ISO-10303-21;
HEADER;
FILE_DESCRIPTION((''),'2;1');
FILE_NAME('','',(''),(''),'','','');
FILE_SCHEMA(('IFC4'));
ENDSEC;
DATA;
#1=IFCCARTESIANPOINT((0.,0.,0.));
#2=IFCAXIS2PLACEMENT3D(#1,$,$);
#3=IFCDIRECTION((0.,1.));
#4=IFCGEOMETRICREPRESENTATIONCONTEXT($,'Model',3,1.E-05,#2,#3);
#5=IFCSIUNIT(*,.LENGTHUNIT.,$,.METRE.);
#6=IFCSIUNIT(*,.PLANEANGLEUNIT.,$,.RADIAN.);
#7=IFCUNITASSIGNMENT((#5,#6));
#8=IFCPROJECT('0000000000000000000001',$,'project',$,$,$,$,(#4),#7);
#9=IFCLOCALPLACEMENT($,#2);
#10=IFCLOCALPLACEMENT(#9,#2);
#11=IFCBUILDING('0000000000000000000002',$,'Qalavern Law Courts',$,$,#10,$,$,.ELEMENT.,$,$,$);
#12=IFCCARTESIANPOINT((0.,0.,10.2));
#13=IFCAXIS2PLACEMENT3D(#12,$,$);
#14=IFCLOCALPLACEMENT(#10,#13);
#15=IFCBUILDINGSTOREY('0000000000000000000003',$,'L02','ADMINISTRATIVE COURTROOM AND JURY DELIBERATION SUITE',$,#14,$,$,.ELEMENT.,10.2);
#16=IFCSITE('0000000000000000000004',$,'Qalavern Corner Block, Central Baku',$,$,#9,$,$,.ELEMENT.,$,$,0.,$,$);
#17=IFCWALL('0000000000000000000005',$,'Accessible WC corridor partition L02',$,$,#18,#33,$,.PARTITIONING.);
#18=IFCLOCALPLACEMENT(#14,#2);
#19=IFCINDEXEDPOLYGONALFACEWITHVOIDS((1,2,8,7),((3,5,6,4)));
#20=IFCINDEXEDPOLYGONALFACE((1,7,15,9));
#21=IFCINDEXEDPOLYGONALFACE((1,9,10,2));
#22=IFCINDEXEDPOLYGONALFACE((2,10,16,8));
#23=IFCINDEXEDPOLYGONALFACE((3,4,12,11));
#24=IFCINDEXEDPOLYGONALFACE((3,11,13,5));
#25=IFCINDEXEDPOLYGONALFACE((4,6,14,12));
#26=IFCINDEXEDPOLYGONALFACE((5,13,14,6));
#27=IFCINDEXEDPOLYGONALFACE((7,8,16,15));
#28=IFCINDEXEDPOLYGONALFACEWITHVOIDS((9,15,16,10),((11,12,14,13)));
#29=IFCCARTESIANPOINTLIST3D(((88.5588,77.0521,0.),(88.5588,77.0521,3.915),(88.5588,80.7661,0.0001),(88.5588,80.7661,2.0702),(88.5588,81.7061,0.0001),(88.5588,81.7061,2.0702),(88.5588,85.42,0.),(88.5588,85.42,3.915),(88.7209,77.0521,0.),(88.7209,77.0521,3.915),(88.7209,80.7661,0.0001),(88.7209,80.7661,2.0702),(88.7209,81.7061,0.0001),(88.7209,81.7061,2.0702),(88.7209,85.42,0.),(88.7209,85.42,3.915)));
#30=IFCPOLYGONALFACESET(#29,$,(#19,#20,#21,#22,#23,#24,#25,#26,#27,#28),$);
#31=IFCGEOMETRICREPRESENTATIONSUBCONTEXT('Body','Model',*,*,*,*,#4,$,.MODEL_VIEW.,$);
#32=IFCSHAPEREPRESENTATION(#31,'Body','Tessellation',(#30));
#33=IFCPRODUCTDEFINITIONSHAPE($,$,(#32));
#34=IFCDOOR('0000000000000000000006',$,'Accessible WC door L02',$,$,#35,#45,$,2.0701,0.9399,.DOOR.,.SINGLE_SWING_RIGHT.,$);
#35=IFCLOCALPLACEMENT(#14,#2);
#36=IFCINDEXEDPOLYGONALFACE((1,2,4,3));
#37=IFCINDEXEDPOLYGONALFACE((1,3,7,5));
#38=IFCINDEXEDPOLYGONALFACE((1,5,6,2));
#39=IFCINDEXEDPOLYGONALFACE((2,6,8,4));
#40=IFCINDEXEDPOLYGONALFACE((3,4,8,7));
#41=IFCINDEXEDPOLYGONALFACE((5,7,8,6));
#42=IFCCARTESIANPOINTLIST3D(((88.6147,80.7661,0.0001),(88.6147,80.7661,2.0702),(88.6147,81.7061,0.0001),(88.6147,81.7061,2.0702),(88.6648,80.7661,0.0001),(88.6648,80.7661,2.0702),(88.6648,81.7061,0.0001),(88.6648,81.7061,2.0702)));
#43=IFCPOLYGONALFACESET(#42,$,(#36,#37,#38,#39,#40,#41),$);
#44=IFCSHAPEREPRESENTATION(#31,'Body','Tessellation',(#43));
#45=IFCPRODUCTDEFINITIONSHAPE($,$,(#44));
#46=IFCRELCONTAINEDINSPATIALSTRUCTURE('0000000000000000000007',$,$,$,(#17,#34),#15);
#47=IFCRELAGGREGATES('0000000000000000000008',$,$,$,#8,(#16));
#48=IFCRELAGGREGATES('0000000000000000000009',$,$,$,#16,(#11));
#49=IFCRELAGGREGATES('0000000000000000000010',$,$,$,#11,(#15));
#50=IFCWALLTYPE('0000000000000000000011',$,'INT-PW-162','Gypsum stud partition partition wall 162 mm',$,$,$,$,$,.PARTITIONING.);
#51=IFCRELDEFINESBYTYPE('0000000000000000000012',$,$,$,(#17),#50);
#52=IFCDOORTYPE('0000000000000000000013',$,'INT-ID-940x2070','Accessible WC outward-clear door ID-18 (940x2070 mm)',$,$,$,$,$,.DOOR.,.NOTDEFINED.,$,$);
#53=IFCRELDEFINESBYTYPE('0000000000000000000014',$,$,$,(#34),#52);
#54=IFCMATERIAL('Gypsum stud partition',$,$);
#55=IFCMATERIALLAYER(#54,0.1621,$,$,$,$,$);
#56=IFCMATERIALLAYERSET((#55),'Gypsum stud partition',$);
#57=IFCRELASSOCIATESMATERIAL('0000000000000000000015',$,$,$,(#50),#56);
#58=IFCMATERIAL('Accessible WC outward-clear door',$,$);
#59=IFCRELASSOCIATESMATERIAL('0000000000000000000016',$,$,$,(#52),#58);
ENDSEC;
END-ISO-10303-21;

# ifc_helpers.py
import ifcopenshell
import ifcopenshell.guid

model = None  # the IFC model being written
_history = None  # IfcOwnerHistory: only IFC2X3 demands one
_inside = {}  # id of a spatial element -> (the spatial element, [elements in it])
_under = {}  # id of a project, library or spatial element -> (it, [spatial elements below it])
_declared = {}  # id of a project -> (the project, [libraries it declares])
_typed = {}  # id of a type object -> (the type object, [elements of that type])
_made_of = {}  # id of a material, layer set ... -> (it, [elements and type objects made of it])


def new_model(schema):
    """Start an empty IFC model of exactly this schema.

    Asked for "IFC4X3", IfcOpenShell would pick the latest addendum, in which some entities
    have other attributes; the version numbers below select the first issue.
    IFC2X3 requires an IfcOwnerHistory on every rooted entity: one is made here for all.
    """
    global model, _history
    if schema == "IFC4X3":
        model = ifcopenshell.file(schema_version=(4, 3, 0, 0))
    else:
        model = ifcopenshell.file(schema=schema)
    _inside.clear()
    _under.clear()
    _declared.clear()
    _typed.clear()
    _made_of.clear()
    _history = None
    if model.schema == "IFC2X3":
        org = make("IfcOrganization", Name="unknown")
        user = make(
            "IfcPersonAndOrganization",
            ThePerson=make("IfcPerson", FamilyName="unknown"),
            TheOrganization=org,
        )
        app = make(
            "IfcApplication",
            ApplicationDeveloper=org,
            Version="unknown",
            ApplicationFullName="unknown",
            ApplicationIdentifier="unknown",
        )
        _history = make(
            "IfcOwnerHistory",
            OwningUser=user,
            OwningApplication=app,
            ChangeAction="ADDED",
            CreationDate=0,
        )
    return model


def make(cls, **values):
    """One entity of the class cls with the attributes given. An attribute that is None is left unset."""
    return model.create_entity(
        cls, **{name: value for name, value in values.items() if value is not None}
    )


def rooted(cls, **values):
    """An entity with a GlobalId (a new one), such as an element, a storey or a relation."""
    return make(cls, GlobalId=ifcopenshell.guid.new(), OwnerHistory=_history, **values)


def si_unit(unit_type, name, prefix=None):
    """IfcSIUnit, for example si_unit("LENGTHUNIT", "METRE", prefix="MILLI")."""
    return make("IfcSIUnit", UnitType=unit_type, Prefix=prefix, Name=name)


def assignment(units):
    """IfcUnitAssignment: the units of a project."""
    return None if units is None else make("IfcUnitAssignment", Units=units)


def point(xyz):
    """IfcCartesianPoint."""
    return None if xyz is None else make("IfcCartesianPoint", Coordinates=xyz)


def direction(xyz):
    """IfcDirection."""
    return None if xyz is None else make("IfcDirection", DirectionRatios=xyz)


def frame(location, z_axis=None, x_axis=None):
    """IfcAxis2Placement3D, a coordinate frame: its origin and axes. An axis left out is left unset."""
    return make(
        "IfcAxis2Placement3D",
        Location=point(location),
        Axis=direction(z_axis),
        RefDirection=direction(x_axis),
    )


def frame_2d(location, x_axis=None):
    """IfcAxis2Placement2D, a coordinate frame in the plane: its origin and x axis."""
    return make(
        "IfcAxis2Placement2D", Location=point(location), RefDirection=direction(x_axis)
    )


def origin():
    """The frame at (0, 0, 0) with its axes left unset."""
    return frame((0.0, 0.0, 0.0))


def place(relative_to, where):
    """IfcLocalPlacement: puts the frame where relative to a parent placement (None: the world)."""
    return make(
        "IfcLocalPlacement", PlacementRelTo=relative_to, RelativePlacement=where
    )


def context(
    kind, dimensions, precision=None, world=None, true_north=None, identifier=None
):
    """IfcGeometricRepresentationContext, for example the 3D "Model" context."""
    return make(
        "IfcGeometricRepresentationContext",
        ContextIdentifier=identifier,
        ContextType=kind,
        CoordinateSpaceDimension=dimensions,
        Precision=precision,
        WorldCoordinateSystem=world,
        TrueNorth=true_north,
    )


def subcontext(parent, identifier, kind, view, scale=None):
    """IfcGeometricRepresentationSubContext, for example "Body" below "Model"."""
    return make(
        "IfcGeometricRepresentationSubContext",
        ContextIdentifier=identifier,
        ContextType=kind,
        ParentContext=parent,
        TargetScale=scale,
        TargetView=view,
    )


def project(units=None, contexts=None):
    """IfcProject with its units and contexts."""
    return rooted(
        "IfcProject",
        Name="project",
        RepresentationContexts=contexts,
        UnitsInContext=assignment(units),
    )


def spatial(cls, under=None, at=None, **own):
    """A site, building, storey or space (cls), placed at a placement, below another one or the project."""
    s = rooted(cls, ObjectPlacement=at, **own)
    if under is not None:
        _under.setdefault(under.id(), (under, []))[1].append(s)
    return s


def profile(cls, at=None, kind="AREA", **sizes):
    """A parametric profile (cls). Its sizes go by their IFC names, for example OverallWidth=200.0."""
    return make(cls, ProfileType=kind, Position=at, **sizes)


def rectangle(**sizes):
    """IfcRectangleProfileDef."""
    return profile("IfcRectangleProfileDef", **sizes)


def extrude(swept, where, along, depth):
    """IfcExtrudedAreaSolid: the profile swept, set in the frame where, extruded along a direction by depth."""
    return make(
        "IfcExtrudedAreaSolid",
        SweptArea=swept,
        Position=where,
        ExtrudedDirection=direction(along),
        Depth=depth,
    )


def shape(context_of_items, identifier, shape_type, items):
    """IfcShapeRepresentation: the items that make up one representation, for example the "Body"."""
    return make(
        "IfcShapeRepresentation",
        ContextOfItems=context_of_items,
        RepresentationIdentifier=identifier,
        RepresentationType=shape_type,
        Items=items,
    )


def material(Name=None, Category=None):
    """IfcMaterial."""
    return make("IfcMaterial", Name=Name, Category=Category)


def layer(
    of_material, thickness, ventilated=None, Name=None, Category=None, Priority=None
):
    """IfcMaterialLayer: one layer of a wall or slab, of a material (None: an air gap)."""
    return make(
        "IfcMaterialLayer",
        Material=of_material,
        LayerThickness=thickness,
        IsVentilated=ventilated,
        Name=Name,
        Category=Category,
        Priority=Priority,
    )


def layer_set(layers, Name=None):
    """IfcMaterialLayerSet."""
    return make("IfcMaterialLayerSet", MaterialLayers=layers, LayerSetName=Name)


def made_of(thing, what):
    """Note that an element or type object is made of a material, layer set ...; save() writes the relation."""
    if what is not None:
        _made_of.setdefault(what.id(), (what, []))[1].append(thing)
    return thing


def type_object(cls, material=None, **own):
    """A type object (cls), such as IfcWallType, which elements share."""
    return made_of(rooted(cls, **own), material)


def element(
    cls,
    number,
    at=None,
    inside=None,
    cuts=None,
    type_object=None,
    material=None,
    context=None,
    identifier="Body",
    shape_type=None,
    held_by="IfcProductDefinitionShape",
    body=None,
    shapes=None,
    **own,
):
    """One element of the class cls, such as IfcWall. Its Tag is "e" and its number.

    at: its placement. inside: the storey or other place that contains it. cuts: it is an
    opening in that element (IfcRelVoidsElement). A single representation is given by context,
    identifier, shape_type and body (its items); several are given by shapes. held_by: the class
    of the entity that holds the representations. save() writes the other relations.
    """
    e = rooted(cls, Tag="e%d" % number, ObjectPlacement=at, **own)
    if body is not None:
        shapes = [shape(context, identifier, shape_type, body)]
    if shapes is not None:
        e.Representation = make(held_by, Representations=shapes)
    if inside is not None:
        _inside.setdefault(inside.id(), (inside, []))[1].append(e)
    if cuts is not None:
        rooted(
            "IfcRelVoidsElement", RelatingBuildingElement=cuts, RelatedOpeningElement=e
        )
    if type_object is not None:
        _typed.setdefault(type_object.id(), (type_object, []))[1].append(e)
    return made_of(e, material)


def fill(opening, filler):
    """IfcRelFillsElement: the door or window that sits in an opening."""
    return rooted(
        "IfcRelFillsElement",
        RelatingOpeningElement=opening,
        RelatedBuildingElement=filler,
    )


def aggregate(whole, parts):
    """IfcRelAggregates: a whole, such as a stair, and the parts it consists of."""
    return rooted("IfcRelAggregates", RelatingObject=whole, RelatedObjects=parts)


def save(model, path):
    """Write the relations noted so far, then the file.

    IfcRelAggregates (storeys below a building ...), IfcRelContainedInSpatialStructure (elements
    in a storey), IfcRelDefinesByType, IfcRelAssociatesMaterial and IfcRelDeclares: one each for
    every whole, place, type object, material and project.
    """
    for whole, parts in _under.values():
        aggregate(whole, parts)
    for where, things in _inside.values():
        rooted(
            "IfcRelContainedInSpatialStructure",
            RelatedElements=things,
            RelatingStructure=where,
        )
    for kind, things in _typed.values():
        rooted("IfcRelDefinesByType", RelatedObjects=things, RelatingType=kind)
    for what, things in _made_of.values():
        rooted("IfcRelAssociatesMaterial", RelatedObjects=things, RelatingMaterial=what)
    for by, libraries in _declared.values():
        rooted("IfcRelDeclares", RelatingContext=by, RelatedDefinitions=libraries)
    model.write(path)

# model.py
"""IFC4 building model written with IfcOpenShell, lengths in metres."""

from ifc_helpers import new_model, si_unit, direction, frame, frame_2d, origin, place, context, subcontext, project, spatial, rectangle, extrude, material, layer, layer_set, type_object, element, fill, save


model = new_model("IFC4")

# Units and contexts
model_context = context("Model", 3, precision=1e-05, world=origin(), true_north=direction((0.0, 1.0)))
body_context = subcontext(model_context, "Body", "Model", "MODEL_VIEW")
ifc_project = project(units=[si_unit("LENGTHUNIT", "METRE"), si_unit("PLANEANGLEUNIT", "RADIAN")], contexts=[model_context])

# Site, building, storey
site_placement = place(None, origin())
site = spatial("IfcSite", under=ifc_project, at=site_placement, Name="Qalavern Corner Block, Central Baku", CompositionType="ELEMENT", RefElevation=0.0)
building_placement = place(site_placement, origin())
building = spatial("IfcBuilding", under=site, at=building_placement, Name="Qalavern Law Courts", CompositionType="ELEMENT")
storey_placement = place(building_placement, frame((0.0, 0.0, 10.2)))
storey = spatial("IfcBuildingStorey", under=building, at=storey_placement, Name="L02", Description="ADMINISTRATIVE COURTROOM AND JURY DELIBERATION SUITE", CompositionType="ELEMENT", Elevation=10.2)

# Wall, opening, door
ifc_material_1 = material(Name="Gypsum stud partition")
ifc_layer_1 = layer(ifc_material_1, 0.1621)
ifc_layer_set_1 = layer_set([ifc_layer_1], Name="Gypsum stud partition")
wall_type_1 = type_object("IfcWallType", Name="INT-PW-162", Description="Gypsum stud partition partition wall 162 mm", PredefinedType="PARTITIONING", material=ifc_layer_set_1)
wall_1_placement = place(storey_placement, frame((88.6399, 77.052, 0.0), z_axis=(0.0, 0.0, 1.0), x_axis=(0.0, 1.0, 0.0)))
wall_1 = element("IfcWall", 1, at=wall_1_placement, inside=storey, type_object=wall_type_1, Name="Accessible WC corridor partition L02", PredefinedType="PARTITIONING", context=body_context, shape_type="SweptSolid", body=[
    extrude(rectangle(XDim=8.3679, YDim=0.1621, at=frame_2d((4.1841, 0.0))), origin(), (0.0, 0.0, 1.0), 3.915),
])
opening_placement = place(wall_1_placement, frame((3.7141, 0.0, 0.0)))
opening = element("IfcOpeningElement", 2, at=opening_placement, cuts=wall_1, PredefinedType="OPENING", context=body_context, shape_type="SweptSolid", body=[
    extrude(rectangle(XDim=0.9399, YDim=2.0701, at=frame_2d((0.47, 1.0352))), frame((0.0, 0.0959, 0.0), z_axis=(0.0, -1.0, 0.0), x_axis=(1.0, 0.0, 0.0)), (0.0, 0.0, 1.0), 0.1919),
])
ifc_material_2 = material(Name="Accessible WC outward-clear door")
door_type = type_object("IfcDoorType", Name="INT-ID-940x2070", Description="Accessible WC outward-clear door ID-18 (940x2070 mm)", OperationType="NOTDEFINED", PredefinedType="DOOR", material=ifc_material_2)
door_placement = place(opening_placement, frame((0.9399, 0.0, 0.0), z_axis=(0.0, 0.0, 1.0), x_axis=(-1.0, 0.0, 0.0)))
door = element("IfcDoor", 3, at=door_placement, inside=storey, type_object=door_type, Name="Accessible WC door L02", OperationType="SINGLE_SWING_RIGHT", OverallHeight=2.0701, OverallWidth=0.9399, PredefinedType="DOOR", context=body_context, shape_type="SweptSolid", body=[
    extrude(rectangle(XDim=0.9399, YDim=2.0701, at=frame_2d((0.47, 1.0352))), frame((0.0, 0.0249, 0.0), z_axis=(0.0, -1.0, 0.0), x_axis=(1.0, 0.0, 0.0)), (0.0, 0.0, 1.0), 0.05),
])
fill(opening, door)

save(model, "model.ifc")
